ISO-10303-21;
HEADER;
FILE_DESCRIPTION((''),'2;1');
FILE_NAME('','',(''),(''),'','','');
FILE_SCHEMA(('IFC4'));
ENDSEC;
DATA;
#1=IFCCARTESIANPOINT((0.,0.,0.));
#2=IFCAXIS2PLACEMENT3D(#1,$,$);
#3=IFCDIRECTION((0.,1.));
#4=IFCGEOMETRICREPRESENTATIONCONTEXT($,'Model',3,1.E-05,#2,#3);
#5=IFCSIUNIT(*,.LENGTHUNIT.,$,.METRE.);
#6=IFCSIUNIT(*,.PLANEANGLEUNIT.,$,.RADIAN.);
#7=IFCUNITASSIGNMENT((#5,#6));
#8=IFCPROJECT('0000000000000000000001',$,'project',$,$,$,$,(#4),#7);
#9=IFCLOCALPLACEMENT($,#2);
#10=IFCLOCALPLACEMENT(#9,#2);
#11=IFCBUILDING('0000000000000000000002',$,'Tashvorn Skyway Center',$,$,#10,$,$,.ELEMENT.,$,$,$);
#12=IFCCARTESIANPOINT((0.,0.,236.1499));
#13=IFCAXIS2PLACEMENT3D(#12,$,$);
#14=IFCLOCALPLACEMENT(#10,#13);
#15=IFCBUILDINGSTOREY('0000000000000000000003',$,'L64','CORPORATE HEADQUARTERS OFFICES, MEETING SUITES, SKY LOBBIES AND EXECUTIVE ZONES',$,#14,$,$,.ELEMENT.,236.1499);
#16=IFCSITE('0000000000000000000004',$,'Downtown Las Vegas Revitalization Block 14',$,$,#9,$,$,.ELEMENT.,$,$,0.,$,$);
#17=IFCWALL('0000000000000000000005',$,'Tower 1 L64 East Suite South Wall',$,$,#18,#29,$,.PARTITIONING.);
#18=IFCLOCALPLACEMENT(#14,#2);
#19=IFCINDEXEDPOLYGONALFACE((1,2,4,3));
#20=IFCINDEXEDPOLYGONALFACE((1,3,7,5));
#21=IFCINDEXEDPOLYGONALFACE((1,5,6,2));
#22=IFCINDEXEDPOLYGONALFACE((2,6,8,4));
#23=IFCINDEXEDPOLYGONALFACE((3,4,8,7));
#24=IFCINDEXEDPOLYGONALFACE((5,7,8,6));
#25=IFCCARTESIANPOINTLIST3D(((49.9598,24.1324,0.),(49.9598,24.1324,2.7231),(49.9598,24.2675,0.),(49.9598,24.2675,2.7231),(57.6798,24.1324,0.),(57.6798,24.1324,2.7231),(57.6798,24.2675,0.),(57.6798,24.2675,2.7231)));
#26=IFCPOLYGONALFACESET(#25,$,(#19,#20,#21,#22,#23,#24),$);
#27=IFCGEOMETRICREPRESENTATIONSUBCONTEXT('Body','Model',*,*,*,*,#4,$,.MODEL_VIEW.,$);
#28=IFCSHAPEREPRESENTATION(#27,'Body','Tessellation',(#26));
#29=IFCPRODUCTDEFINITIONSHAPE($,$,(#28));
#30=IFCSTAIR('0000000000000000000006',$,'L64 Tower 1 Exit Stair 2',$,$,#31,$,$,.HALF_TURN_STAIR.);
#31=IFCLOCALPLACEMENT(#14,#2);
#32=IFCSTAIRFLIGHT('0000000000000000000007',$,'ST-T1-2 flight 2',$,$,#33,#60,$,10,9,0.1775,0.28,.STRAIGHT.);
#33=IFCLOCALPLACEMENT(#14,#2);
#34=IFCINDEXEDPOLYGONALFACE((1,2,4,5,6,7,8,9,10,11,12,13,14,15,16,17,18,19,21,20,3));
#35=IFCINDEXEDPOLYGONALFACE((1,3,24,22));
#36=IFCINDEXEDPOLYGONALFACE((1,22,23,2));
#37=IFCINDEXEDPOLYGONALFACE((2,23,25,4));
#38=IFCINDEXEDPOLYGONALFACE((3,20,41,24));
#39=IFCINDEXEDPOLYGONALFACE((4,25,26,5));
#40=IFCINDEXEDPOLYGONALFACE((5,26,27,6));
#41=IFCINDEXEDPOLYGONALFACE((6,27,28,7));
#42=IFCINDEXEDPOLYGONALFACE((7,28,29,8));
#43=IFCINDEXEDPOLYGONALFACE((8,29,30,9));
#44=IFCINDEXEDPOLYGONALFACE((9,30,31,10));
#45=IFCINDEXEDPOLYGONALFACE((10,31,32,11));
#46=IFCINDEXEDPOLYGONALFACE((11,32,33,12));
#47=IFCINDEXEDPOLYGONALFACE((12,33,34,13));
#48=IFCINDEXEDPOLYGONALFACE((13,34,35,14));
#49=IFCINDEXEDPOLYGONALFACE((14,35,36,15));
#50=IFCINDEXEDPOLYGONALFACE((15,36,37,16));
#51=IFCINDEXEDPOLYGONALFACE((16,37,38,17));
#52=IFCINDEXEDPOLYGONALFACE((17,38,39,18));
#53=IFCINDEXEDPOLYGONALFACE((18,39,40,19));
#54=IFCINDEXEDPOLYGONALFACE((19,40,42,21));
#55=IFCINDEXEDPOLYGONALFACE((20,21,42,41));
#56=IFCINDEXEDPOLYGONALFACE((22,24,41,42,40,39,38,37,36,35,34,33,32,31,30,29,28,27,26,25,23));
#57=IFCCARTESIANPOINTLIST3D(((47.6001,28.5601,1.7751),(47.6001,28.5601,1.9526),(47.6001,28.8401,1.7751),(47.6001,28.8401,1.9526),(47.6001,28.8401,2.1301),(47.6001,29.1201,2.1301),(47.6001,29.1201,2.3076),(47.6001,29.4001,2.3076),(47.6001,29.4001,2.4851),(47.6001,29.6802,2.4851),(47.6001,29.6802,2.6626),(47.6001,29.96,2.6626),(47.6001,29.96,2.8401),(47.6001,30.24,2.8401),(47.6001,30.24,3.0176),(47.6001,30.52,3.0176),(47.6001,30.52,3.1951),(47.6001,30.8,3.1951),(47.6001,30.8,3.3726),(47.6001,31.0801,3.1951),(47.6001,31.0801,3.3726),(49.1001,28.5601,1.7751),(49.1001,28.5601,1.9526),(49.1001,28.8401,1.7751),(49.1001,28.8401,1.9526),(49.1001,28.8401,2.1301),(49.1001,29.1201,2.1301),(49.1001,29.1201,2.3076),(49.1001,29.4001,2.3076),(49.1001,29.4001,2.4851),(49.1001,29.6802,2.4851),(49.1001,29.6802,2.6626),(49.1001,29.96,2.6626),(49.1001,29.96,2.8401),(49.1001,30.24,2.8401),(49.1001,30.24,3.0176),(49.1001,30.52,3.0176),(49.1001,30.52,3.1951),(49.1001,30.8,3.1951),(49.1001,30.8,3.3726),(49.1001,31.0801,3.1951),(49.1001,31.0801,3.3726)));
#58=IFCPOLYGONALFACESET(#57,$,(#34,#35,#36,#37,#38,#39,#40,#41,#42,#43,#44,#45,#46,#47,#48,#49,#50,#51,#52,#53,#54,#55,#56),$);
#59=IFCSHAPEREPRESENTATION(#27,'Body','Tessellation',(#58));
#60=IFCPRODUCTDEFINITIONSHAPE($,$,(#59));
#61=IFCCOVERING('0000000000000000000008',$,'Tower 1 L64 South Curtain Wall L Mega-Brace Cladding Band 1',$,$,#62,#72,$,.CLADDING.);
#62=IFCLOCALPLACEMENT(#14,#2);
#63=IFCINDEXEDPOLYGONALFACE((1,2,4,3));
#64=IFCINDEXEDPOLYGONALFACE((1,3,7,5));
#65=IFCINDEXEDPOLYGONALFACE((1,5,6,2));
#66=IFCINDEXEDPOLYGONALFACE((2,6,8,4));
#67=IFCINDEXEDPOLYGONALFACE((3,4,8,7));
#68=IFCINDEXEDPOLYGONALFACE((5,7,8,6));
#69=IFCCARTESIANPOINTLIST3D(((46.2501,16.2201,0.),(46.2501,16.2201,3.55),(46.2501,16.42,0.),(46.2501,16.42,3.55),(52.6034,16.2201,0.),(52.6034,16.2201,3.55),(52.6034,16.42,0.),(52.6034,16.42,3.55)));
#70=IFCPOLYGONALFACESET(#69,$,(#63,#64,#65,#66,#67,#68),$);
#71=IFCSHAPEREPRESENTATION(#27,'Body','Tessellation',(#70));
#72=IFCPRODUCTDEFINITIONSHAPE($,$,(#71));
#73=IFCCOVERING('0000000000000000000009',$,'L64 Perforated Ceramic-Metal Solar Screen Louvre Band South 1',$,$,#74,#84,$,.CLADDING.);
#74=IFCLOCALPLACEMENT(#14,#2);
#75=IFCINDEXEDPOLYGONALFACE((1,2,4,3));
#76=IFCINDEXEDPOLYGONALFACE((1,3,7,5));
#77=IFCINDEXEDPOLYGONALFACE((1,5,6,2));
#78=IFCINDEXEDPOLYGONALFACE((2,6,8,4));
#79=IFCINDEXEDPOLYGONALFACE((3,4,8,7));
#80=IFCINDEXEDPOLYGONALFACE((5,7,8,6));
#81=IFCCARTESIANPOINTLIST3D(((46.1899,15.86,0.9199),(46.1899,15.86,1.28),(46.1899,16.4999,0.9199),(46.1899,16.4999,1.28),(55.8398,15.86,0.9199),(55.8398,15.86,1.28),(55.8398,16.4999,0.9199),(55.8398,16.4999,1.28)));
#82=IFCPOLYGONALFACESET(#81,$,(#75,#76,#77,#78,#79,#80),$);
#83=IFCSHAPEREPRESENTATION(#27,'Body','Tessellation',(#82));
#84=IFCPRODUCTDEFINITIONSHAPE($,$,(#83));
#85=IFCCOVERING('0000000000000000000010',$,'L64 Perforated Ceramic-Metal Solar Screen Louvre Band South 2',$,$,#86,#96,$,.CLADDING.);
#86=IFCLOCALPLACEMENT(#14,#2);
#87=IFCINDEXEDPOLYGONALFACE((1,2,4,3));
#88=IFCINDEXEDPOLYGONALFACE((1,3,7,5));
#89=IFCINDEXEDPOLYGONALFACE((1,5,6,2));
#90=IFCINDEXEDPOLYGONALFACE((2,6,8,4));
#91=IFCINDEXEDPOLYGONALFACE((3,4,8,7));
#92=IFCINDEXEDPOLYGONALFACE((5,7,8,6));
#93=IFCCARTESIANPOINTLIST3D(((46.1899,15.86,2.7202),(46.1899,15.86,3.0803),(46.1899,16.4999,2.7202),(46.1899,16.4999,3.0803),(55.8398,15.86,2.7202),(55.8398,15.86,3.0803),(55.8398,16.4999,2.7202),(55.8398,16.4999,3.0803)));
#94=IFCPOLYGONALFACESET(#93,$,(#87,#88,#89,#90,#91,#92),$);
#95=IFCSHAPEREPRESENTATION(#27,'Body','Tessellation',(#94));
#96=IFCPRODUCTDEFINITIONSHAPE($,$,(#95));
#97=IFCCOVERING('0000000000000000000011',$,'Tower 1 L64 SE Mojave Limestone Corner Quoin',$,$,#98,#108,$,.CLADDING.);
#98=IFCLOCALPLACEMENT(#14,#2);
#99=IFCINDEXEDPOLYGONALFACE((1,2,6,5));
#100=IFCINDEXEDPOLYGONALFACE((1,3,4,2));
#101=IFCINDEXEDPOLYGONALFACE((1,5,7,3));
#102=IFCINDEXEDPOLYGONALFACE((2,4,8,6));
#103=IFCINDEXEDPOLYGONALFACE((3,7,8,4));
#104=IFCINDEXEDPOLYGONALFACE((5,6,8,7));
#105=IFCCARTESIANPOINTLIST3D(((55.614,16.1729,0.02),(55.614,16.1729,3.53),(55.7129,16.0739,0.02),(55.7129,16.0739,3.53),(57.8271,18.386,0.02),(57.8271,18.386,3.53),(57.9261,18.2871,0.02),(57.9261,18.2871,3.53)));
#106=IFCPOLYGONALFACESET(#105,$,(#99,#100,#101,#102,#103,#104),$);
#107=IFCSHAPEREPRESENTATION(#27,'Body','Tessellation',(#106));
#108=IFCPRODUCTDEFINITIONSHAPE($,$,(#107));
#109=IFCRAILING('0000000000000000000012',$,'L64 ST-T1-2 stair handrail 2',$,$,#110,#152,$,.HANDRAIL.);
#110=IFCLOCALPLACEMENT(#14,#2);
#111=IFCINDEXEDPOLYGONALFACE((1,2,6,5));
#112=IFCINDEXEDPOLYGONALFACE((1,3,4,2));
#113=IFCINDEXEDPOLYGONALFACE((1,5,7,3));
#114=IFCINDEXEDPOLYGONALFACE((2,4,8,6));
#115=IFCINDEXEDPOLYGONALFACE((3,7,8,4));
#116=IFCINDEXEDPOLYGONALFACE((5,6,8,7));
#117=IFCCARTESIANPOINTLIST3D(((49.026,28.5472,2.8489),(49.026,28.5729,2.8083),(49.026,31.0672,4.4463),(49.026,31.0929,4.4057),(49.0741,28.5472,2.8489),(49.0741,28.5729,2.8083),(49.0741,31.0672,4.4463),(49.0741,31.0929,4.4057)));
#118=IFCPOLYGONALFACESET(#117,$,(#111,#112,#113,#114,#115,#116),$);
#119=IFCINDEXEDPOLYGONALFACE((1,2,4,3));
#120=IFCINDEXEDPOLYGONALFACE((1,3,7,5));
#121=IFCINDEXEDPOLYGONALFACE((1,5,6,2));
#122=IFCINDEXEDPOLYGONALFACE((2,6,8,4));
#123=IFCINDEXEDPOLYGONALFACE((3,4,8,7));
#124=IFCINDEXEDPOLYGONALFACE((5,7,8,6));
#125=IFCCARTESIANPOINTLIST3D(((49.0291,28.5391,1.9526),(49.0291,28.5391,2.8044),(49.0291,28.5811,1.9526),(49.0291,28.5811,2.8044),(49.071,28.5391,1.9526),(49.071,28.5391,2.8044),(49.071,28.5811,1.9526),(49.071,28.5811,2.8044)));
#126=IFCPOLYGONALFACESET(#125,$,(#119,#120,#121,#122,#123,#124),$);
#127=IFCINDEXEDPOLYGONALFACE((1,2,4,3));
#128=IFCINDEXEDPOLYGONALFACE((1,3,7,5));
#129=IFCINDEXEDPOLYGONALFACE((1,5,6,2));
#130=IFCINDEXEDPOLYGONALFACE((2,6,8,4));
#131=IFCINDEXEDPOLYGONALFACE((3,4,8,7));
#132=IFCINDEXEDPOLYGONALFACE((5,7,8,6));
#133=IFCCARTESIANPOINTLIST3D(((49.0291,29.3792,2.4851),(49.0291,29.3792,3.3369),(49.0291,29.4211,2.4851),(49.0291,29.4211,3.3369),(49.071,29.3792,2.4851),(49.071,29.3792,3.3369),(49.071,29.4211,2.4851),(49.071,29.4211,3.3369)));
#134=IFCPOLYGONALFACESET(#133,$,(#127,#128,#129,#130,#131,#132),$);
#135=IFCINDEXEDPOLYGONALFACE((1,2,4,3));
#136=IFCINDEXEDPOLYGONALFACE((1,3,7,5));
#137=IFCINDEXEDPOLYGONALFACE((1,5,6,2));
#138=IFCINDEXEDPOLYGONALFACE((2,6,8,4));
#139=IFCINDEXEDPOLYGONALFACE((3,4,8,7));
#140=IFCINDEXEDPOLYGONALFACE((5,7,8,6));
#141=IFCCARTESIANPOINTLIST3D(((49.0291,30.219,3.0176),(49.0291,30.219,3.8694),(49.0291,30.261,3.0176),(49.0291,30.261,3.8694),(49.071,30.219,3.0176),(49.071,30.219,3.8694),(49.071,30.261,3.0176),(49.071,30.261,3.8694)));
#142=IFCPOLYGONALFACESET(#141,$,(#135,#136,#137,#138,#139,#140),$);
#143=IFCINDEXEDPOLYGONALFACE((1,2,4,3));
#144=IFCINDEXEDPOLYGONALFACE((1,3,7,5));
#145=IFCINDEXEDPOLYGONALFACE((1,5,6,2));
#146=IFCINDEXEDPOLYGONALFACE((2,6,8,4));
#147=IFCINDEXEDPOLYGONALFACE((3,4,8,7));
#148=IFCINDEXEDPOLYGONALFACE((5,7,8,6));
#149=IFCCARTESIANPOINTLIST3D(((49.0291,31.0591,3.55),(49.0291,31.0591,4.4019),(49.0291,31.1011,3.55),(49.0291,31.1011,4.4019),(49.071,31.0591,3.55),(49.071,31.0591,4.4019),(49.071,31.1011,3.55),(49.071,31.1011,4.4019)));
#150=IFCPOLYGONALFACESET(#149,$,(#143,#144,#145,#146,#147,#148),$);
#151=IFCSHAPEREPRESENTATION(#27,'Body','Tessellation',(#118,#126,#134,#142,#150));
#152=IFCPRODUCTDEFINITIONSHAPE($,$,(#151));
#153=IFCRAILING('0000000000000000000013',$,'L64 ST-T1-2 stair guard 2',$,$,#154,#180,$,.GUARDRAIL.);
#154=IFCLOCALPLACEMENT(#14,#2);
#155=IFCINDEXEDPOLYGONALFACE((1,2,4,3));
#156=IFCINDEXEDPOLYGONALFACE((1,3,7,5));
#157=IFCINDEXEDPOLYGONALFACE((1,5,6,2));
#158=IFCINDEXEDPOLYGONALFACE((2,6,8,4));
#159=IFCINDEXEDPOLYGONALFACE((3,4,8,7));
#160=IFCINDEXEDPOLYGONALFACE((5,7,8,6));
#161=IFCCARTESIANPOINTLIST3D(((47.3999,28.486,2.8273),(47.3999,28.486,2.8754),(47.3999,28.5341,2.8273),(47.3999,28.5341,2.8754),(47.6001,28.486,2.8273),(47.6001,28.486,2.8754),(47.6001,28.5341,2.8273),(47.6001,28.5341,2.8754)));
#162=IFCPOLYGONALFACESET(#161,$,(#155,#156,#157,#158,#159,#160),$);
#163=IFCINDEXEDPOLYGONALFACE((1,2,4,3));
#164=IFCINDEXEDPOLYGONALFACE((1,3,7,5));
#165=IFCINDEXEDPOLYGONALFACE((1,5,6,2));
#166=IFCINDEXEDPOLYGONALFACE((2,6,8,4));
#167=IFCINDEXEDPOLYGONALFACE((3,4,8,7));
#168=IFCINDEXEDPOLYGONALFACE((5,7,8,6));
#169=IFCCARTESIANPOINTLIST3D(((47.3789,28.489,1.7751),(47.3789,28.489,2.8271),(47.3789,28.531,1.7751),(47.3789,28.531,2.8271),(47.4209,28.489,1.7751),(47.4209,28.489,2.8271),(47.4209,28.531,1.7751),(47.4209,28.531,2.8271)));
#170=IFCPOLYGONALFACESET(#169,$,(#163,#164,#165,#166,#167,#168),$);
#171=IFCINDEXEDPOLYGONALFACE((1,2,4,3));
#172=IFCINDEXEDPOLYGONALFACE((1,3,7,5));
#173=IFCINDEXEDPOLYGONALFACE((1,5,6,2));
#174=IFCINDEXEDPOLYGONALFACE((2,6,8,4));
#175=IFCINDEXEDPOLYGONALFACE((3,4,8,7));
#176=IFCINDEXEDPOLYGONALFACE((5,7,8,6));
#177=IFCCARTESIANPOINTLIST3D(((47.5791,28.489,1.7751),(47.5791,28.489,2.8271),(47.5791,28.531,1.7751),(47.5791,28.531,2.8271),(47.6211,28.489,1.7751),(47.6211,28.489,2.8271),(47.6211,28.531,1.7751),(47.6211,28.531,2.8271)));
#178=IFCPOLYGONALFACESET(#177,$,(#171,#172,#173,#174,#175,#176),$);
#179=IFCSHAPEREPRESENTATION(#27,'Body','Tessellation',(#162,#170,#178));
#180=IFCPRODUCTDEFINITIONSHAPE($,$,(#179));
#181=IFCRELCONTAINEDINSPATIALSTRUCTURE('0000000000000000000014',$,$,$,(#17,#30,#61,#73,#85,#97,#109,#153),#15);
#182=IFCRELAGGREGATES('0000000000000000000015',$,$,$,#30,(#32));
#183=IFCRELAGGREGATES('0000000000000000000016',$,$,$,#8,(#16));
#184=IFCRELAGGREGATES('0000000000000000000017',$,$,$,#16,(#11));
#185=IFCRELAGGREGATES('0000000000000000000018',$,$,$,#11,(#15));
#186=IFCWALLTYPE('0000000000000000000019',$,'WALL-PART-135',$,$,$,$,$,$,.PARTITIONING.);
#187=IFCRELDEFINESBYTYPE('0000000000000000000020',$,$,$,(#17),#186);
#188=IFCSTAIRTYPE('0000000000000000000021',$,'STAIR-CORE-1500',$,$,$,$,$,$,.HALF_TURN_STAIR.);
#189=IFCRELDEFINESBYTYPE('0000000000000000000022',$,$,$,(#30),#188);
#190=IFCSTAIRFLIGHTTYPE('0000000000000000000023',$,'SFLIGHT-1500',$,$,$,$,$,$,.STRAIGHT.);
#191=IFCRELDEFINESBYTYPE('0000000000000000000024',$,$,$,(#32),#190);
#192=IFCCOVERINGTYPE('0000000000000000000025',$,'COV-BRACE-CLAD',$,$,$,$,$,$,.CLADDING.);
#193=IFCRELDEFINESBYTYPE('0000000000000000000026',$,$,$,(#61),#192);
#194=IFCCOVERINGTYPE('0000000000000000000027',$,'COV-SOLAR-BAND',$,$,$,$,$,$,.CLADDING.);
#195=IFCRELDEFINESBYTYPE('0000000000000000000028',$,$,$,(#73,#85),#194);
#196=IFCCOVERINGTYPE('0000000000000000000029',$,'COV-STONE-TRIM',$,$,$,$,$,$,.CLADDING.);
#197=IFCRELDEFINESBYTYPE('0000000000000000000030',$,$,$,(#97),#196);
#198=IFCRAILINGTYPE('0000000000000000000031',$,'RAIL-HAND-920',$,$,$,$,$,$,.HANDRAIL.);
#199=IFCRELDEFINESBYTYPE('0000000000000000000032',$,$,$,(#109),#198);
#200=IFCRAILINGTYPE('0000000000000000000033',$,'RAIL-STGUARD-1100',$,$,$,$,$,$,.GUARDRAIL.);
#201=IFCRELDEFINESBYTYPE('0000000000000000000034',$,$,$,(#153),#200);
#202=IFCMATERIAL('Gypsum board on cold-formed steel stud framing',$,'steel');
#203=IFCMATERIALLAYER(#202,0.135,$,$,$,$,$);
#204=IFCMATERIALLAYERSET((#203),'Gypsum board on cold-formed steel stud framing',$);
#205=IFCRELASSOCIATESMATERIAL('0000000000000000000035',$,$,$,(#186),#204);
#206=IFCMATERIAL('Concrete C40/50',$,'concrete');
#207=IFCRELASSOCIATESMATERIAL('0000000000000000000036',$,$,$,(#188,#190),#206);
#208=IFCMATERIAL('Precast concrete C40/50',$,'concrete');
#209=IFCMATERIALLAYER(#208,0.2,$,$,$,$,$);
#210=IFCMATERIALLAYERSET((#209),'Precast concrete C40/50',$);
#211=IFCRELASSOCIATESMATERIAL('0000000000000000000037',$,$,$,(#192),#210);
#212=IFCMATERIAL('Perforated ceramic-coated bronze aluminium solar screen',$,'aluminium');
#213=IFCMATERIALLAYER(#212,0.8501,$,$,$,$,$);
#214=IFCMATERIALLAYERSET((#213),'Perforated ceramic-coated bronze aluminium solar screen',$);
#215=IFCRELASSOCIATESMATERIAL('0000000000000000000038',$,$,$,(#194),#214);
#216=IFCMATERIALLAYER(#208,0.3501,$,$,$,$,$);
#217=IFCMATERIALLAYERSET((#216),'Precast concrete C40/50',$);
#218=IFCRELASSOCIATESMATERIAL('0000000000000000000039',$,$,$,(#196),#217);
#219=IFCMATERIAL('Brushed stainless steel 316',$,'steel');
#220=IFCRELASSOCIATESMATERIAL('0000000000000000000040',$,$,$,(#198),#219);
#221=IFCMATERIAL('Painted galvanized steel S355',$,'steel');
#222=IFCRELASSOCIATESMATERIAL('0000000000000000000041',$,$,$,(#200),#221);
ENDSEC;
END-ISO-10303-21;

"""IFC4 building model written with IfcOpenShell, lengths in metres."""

from ifc_helpers import new_model, si_unit, direction, frame, frame_2d, origin, origin_2d, place, context, subcontext, project, spatial, polyline, rectangle, outline, extrude, material, layer, layer_set, type_object, element, aggregate, save


model = new_model("IFC4")

# Units and contexts
model_context = context("Model", 3, precision=1e-05, world=origin(), true_north=direction((0.0, 1.0)))
body_context = subcontext(model_context, "Body", "Model", "MODEL_VIEW")
ifc_project = project(units=[si_unit("LENGTHUNIT", "METRE"), si_unit("PLANEANGLEUNIT", "RADIAN")], contexts=[model_context])

# Site, building, storey
site_placement = place(None, origin())
site = spatial("IfcSite", under=ifc_project, at=site_placement, Name="Downtown Las Vegas Revitalization Block 14", CompositionType="ELEMENT", RefElevation=0.0)
building_placement = place(site_placement, origin())
building = spatial("IfcBuilding", under=site, at=building_placement, Name="Tashvorn Skyway Center", CompositionType="ELEMENT")
storey_placement = place(building_placement, frame((0.0, 0.0, 236.1499)))
storey = spatial("IfcBuildingStorey", under=building, at=storey_placement, Name="L64", Description="CORPORATE HEADQUARTERS OFFICES, MEETING SUITES, SKY LOBBIES AND EXECUTIVE ZONES", CompositionType="ELEMENT", Elevation=236.1499)

# Shared definitions
ifc_material_1 = material(Name="Gypsum board on cold-formed steel stud framing", Category="steel")

# Wall
ifc_layer_1 = layer(ifc_material_1, 0.135)
ifc_layer_set_1 = layer_set([ifc_layer_1], Name="Gypsum board on cold-formed steel stud framing")
wall_type_1 = type_object("IfcWallType", Name="WALL-PART-135", PredefinedType="PARTITIONING", material=ifc_layer_set_1)
wall_1_placement = place(storey_placement, frame((49.96, 24.2, 0.0), z_axis=(0.0, 0.0, 1.0), x_axis=(1.0, 0.0, 0.0)))
element("IfcWall", 1, at=wall_1_placement, inside=storey, type_object=wall_type_1, Name="Tower 1 L64 East Suite South Wall", PredefinedType="PARTITIONING", context=body_context, shape_type="SweptSolid", body=[
    extrude(rectangle(XDim=7.72, YDim=0.135, at=frame_2d((3.8599, 0.0))), origin(), (0.0, 0.0, 1.0), 2.7231),
])

# Stair, stair flight
ifc_material_2 = material(Name="Concrete C40/50", Category="concrete")
stair_type = type_object("IfcStairType", Name="STAIR-CORE-1500", PredefinedType="HALF_TURN_STAIR", material=ifc_material_2)
stair_placement = place(storey_placement, origin())
stair = element("IfcStair", 2, at=stair_placement, inside=storey, type_object=stair_type, Name="L64 Tower 1 Exit Stair 2", PredefinedType="HALF_TURN_STAIR")
stair_flight_type = type_object("IfcStairFlightType", Name="SFLIGHT-1500", PredefinedType="STRAIGHT", material=ifc_material_2)
stair_flight_placement = place(storey_placement, frame((48.3501, 28.5601, 1.7751), z_axis=(0.0, 0.0, 1.0), x_axis=(0.0, 1.0, 0.0)))
stair_flight = element("IfcStairFlight", 3, at=stair_flight_placement, type_object=stair_flight_type, Name="ST-T1-2 flight 2", NumberOfRisers=10, NumberOfTreads=9, PredefinedType="STRAIGHT", RiserHeight=0.1775, TreadLength=0.28, context=body_context, shape_type="SweptSolid", body=[
    extrude(outline(polyline([(0.0, 0.0), (0.0, 0.1775), (0.28, 0.1775), (0.28, 0.355), (0.5601, 0.355), (0.5601, 0.5325), (0.8401, 0.5325), (0.8401, 0.71), (1.1201, 0.71), (1.1201, 0.8875), (1.3999, 0.8875), (1.3999, 1.0649), (1.6799, 1.0649), (1.6799, 1.2424), (1.96, 1.2424), (1.96, 1.4199), (2.24, 1.4199), (2.24, 1.5974), (2.52, 1.5974), (2.52, 1.7749), (2.52, 1.4199), (0.28, 0.0), (0.0, 0.0)])), frame((0.0, 0.75, 0.0), z_axis=(0.0, -1.0, 0.0), x_axis=(1.0, 0.0, 0.0)), (0.0, 0.0, 1.0), 1.5),
])
aggregate(stair, [stair_flight])

# Coverings
ifc_material_3 = material(Name="Precast concrete C40/50", Category="concrete")
ifc_layer_2 = layer(ifc_material_3, 0.2)
ifc_layer_set_2 = layer_set([ifc_layer_2], Name="Precast concrete C40/50")
covering_type_1 = type_object("IfcCoveringType", Name="COV-BRACE-CLAD", PredefinedType="CLADDING", material=ifc_layer_set_2)
covering_1_placement = place(storey_placement, frame((49.4268, 16.3201, 0.0), z_axis=(0.0, 0.0, 1.0), x_axis=(-1.0, 0.0, 0.0)))
element("IfcCovering", 4, at=covering_1_placement, inside=storey, type_object=covering_type_1, Name="Tower 1 L64 South Curtain Wall L Mega-Brace Cladding Band 1", PredefinedType="CLADDING", context=body_context, shape_type="SweptSolid", body=[
    extrude(rectangle(XDim=6.3533, YDim=0.2, at=origin_2d()), origin(), (0.0, 0.0, 1.0), 3.55),
])
ifc_material_4 = material(Name="Perforated ceramic-coated bronze aluminium solar screen", Category="aluminium")
ifc_layer_3 = layer(ifc_material_4, 0.8501)
ifc_layer_set_3 = layer_set([ifc_layer_3], Name="Perforated ceramic-coated bronze aluminium solar screen")
covering_type_2 = type_object("IfcCoveringType", Name="COV-SOLAR-BAND", PredefinedType="CLADDING", material=ifc_layer_set_3)
for number, where, z_axis, x_axis, name in (
    (5, (51.0149, 16.1799, 0.9199), (0.0, 0.0, 1.0), (-1.0, 0.0, 0.0), "L64 Perforated Ceramic-Metal Solar Screen Louvre Band South 1"),
    (6, (51.0149, 16.1799, 2.7202), (0.0, 0.0, 1.0), (-1.0, 0.0, 0.0), "L64 Perforated Ceramic-Metal Solar Screen Louvre Band South 2"),
):
    element("IfcCovering", number, at=place(storey_placement, frame(where, z_axis=z_axis, x_axis=x_axis)), inside=storey, type_object=covering_type_2, Name=name, PredefinedType="CLADDING", context=body_context, shape_type="SweptSolid", body=[
        extrude(rectangle(XDim=9.6499, YDim=0.6399, at=origin_2d()), origin(), (0.0, 0.0, 1.0), 0.3601),
    ])
ifc_layer_4 = layer(ifc_material_3, 0.3501)
ifc_layer_set_4 = layer_set([ifc_layer_4], Name="Precast concrete C40/50")
covering_type_3 = type_object("IfcCoveringType", Name="COV-STONE-TRIM", PredefinedType="CLADDING", material=ifc_layer_set_4)
covering_2_placement = place(storey_placement, frame((56.77, 17.23, 0.02), z_axis=(0.0, 0.0, 1.0), x_axis=(0.707107, 0.707107, 0.0)))
element("IfcCovering", 7, at=covering_2_placement, inside=storey, type_object=covering_type_3, Name="Tower 1 L64 SE Mojave Limestone Corner Quoin", PredefinedType="CLADDING", context=body_context, shape_type="SweptSolid", body=[
    extrude(rectangle(XDim=3.1299, YDim=0.1399, at=origin_2d()), origin(), (0.0, 0.0, 1.0), 3.51),
])

# Railings
ifc_material_5 = material(Name="Brushed stainless steel 316", Category="steel")
railing_type_1 = type_object("IfcRailingType", Name="RAIL-HAND-920", PredefinedType="HANDRAIL", material=ifc_material_5)
railing_1_placement = place(storey_placement, frame((49.05, 28.5601, 1.9526)))
element("IfcRailing", 8, at=railing_1_placement, inside=storey, type_object=railing_type_1, Name="L64 ST-T1-2 stair handrail 2", PredefinedType="HANDRAIL", context=body_context, shape_type="SweptSolid", body=[
    extrude(rectangle(XDim=0.0481, YDim=0.0481, at=origin_2d()), frame((0.0, 0.0, 0.876), z_axis=(0.0, 0.844607, 0.535387), x_axis=(-1.0, 0.0, 0.0)), (0.0, 0.0, 1.0), 2.9836),
    extrude(rectangle(XDim=0.042, YDim=0.042, at=origin_2d()), origin(), (0.0, 0.0, 1.0), 0.8518),
    extrude(rectangle(XDim=0.042, YDim=0.042, at=origin_2d()), frame((0.0, 0.8401, 0.5325)), (0.0, 0.0, 1.0), 0.8518),
    extrude(rectangle(XDim=0.042, YDim=0.042, at=origin_2d()), frame((0.0, 1.6799, 1.0649)), (0.0, 0.0, 1.0), 0.8518),
    extrude(rectangle(XDim=0.042, YDim=0.042, at=origin_2d()), frame((0.0, 2.52, 1.5974)), (0.0, 0.0, 1.0), 0.8518),
])
ifc_material_6 = material(Name="Painted galvanized steel S355", Category="steel")
railing_type_2 = type_object("IfcRailingType", Name="RAIL-STGUARD-1100", PredefinedType="GUARDRAIL", material=ifc_material_6)
railing_2_placement = place(storey_placement, frame((47.3999, 28.51, 1.7751)))
element("IfcRailing", 9, at=railing_2_placement, inside=storey, type_object=railing_type_2, Name="L64 ST-T1-2 stair guard 2", PredefinedType="GUARDRAIL", context=body_context, shape_type="SweptSolid", body=[
    extrude(rectangle(XDim=0.0481, YDim=0.0481, at=origin_2d()), frame((0.0, 0.0, 1.0762), z_axis=(1.0, 0.0, 0.0), x_axis=(0.0, 1.0, 0.0)), (0.0, 0.0, 1.0), 0.2002),
    extrude(rectangle(XDim=0.042, YDim=0.042, at=origin_2d()), origin(), (0.0, 0.0, 1.0), 1.052),
    extrude(rectangle(XDim=0.042, YDim=0.042, at=origin_2d()), frame((0.2002, 0.0, 0.0)), (0.0, 0.0, 1.0), 1.052),
])

save(model, "model.ifc")
